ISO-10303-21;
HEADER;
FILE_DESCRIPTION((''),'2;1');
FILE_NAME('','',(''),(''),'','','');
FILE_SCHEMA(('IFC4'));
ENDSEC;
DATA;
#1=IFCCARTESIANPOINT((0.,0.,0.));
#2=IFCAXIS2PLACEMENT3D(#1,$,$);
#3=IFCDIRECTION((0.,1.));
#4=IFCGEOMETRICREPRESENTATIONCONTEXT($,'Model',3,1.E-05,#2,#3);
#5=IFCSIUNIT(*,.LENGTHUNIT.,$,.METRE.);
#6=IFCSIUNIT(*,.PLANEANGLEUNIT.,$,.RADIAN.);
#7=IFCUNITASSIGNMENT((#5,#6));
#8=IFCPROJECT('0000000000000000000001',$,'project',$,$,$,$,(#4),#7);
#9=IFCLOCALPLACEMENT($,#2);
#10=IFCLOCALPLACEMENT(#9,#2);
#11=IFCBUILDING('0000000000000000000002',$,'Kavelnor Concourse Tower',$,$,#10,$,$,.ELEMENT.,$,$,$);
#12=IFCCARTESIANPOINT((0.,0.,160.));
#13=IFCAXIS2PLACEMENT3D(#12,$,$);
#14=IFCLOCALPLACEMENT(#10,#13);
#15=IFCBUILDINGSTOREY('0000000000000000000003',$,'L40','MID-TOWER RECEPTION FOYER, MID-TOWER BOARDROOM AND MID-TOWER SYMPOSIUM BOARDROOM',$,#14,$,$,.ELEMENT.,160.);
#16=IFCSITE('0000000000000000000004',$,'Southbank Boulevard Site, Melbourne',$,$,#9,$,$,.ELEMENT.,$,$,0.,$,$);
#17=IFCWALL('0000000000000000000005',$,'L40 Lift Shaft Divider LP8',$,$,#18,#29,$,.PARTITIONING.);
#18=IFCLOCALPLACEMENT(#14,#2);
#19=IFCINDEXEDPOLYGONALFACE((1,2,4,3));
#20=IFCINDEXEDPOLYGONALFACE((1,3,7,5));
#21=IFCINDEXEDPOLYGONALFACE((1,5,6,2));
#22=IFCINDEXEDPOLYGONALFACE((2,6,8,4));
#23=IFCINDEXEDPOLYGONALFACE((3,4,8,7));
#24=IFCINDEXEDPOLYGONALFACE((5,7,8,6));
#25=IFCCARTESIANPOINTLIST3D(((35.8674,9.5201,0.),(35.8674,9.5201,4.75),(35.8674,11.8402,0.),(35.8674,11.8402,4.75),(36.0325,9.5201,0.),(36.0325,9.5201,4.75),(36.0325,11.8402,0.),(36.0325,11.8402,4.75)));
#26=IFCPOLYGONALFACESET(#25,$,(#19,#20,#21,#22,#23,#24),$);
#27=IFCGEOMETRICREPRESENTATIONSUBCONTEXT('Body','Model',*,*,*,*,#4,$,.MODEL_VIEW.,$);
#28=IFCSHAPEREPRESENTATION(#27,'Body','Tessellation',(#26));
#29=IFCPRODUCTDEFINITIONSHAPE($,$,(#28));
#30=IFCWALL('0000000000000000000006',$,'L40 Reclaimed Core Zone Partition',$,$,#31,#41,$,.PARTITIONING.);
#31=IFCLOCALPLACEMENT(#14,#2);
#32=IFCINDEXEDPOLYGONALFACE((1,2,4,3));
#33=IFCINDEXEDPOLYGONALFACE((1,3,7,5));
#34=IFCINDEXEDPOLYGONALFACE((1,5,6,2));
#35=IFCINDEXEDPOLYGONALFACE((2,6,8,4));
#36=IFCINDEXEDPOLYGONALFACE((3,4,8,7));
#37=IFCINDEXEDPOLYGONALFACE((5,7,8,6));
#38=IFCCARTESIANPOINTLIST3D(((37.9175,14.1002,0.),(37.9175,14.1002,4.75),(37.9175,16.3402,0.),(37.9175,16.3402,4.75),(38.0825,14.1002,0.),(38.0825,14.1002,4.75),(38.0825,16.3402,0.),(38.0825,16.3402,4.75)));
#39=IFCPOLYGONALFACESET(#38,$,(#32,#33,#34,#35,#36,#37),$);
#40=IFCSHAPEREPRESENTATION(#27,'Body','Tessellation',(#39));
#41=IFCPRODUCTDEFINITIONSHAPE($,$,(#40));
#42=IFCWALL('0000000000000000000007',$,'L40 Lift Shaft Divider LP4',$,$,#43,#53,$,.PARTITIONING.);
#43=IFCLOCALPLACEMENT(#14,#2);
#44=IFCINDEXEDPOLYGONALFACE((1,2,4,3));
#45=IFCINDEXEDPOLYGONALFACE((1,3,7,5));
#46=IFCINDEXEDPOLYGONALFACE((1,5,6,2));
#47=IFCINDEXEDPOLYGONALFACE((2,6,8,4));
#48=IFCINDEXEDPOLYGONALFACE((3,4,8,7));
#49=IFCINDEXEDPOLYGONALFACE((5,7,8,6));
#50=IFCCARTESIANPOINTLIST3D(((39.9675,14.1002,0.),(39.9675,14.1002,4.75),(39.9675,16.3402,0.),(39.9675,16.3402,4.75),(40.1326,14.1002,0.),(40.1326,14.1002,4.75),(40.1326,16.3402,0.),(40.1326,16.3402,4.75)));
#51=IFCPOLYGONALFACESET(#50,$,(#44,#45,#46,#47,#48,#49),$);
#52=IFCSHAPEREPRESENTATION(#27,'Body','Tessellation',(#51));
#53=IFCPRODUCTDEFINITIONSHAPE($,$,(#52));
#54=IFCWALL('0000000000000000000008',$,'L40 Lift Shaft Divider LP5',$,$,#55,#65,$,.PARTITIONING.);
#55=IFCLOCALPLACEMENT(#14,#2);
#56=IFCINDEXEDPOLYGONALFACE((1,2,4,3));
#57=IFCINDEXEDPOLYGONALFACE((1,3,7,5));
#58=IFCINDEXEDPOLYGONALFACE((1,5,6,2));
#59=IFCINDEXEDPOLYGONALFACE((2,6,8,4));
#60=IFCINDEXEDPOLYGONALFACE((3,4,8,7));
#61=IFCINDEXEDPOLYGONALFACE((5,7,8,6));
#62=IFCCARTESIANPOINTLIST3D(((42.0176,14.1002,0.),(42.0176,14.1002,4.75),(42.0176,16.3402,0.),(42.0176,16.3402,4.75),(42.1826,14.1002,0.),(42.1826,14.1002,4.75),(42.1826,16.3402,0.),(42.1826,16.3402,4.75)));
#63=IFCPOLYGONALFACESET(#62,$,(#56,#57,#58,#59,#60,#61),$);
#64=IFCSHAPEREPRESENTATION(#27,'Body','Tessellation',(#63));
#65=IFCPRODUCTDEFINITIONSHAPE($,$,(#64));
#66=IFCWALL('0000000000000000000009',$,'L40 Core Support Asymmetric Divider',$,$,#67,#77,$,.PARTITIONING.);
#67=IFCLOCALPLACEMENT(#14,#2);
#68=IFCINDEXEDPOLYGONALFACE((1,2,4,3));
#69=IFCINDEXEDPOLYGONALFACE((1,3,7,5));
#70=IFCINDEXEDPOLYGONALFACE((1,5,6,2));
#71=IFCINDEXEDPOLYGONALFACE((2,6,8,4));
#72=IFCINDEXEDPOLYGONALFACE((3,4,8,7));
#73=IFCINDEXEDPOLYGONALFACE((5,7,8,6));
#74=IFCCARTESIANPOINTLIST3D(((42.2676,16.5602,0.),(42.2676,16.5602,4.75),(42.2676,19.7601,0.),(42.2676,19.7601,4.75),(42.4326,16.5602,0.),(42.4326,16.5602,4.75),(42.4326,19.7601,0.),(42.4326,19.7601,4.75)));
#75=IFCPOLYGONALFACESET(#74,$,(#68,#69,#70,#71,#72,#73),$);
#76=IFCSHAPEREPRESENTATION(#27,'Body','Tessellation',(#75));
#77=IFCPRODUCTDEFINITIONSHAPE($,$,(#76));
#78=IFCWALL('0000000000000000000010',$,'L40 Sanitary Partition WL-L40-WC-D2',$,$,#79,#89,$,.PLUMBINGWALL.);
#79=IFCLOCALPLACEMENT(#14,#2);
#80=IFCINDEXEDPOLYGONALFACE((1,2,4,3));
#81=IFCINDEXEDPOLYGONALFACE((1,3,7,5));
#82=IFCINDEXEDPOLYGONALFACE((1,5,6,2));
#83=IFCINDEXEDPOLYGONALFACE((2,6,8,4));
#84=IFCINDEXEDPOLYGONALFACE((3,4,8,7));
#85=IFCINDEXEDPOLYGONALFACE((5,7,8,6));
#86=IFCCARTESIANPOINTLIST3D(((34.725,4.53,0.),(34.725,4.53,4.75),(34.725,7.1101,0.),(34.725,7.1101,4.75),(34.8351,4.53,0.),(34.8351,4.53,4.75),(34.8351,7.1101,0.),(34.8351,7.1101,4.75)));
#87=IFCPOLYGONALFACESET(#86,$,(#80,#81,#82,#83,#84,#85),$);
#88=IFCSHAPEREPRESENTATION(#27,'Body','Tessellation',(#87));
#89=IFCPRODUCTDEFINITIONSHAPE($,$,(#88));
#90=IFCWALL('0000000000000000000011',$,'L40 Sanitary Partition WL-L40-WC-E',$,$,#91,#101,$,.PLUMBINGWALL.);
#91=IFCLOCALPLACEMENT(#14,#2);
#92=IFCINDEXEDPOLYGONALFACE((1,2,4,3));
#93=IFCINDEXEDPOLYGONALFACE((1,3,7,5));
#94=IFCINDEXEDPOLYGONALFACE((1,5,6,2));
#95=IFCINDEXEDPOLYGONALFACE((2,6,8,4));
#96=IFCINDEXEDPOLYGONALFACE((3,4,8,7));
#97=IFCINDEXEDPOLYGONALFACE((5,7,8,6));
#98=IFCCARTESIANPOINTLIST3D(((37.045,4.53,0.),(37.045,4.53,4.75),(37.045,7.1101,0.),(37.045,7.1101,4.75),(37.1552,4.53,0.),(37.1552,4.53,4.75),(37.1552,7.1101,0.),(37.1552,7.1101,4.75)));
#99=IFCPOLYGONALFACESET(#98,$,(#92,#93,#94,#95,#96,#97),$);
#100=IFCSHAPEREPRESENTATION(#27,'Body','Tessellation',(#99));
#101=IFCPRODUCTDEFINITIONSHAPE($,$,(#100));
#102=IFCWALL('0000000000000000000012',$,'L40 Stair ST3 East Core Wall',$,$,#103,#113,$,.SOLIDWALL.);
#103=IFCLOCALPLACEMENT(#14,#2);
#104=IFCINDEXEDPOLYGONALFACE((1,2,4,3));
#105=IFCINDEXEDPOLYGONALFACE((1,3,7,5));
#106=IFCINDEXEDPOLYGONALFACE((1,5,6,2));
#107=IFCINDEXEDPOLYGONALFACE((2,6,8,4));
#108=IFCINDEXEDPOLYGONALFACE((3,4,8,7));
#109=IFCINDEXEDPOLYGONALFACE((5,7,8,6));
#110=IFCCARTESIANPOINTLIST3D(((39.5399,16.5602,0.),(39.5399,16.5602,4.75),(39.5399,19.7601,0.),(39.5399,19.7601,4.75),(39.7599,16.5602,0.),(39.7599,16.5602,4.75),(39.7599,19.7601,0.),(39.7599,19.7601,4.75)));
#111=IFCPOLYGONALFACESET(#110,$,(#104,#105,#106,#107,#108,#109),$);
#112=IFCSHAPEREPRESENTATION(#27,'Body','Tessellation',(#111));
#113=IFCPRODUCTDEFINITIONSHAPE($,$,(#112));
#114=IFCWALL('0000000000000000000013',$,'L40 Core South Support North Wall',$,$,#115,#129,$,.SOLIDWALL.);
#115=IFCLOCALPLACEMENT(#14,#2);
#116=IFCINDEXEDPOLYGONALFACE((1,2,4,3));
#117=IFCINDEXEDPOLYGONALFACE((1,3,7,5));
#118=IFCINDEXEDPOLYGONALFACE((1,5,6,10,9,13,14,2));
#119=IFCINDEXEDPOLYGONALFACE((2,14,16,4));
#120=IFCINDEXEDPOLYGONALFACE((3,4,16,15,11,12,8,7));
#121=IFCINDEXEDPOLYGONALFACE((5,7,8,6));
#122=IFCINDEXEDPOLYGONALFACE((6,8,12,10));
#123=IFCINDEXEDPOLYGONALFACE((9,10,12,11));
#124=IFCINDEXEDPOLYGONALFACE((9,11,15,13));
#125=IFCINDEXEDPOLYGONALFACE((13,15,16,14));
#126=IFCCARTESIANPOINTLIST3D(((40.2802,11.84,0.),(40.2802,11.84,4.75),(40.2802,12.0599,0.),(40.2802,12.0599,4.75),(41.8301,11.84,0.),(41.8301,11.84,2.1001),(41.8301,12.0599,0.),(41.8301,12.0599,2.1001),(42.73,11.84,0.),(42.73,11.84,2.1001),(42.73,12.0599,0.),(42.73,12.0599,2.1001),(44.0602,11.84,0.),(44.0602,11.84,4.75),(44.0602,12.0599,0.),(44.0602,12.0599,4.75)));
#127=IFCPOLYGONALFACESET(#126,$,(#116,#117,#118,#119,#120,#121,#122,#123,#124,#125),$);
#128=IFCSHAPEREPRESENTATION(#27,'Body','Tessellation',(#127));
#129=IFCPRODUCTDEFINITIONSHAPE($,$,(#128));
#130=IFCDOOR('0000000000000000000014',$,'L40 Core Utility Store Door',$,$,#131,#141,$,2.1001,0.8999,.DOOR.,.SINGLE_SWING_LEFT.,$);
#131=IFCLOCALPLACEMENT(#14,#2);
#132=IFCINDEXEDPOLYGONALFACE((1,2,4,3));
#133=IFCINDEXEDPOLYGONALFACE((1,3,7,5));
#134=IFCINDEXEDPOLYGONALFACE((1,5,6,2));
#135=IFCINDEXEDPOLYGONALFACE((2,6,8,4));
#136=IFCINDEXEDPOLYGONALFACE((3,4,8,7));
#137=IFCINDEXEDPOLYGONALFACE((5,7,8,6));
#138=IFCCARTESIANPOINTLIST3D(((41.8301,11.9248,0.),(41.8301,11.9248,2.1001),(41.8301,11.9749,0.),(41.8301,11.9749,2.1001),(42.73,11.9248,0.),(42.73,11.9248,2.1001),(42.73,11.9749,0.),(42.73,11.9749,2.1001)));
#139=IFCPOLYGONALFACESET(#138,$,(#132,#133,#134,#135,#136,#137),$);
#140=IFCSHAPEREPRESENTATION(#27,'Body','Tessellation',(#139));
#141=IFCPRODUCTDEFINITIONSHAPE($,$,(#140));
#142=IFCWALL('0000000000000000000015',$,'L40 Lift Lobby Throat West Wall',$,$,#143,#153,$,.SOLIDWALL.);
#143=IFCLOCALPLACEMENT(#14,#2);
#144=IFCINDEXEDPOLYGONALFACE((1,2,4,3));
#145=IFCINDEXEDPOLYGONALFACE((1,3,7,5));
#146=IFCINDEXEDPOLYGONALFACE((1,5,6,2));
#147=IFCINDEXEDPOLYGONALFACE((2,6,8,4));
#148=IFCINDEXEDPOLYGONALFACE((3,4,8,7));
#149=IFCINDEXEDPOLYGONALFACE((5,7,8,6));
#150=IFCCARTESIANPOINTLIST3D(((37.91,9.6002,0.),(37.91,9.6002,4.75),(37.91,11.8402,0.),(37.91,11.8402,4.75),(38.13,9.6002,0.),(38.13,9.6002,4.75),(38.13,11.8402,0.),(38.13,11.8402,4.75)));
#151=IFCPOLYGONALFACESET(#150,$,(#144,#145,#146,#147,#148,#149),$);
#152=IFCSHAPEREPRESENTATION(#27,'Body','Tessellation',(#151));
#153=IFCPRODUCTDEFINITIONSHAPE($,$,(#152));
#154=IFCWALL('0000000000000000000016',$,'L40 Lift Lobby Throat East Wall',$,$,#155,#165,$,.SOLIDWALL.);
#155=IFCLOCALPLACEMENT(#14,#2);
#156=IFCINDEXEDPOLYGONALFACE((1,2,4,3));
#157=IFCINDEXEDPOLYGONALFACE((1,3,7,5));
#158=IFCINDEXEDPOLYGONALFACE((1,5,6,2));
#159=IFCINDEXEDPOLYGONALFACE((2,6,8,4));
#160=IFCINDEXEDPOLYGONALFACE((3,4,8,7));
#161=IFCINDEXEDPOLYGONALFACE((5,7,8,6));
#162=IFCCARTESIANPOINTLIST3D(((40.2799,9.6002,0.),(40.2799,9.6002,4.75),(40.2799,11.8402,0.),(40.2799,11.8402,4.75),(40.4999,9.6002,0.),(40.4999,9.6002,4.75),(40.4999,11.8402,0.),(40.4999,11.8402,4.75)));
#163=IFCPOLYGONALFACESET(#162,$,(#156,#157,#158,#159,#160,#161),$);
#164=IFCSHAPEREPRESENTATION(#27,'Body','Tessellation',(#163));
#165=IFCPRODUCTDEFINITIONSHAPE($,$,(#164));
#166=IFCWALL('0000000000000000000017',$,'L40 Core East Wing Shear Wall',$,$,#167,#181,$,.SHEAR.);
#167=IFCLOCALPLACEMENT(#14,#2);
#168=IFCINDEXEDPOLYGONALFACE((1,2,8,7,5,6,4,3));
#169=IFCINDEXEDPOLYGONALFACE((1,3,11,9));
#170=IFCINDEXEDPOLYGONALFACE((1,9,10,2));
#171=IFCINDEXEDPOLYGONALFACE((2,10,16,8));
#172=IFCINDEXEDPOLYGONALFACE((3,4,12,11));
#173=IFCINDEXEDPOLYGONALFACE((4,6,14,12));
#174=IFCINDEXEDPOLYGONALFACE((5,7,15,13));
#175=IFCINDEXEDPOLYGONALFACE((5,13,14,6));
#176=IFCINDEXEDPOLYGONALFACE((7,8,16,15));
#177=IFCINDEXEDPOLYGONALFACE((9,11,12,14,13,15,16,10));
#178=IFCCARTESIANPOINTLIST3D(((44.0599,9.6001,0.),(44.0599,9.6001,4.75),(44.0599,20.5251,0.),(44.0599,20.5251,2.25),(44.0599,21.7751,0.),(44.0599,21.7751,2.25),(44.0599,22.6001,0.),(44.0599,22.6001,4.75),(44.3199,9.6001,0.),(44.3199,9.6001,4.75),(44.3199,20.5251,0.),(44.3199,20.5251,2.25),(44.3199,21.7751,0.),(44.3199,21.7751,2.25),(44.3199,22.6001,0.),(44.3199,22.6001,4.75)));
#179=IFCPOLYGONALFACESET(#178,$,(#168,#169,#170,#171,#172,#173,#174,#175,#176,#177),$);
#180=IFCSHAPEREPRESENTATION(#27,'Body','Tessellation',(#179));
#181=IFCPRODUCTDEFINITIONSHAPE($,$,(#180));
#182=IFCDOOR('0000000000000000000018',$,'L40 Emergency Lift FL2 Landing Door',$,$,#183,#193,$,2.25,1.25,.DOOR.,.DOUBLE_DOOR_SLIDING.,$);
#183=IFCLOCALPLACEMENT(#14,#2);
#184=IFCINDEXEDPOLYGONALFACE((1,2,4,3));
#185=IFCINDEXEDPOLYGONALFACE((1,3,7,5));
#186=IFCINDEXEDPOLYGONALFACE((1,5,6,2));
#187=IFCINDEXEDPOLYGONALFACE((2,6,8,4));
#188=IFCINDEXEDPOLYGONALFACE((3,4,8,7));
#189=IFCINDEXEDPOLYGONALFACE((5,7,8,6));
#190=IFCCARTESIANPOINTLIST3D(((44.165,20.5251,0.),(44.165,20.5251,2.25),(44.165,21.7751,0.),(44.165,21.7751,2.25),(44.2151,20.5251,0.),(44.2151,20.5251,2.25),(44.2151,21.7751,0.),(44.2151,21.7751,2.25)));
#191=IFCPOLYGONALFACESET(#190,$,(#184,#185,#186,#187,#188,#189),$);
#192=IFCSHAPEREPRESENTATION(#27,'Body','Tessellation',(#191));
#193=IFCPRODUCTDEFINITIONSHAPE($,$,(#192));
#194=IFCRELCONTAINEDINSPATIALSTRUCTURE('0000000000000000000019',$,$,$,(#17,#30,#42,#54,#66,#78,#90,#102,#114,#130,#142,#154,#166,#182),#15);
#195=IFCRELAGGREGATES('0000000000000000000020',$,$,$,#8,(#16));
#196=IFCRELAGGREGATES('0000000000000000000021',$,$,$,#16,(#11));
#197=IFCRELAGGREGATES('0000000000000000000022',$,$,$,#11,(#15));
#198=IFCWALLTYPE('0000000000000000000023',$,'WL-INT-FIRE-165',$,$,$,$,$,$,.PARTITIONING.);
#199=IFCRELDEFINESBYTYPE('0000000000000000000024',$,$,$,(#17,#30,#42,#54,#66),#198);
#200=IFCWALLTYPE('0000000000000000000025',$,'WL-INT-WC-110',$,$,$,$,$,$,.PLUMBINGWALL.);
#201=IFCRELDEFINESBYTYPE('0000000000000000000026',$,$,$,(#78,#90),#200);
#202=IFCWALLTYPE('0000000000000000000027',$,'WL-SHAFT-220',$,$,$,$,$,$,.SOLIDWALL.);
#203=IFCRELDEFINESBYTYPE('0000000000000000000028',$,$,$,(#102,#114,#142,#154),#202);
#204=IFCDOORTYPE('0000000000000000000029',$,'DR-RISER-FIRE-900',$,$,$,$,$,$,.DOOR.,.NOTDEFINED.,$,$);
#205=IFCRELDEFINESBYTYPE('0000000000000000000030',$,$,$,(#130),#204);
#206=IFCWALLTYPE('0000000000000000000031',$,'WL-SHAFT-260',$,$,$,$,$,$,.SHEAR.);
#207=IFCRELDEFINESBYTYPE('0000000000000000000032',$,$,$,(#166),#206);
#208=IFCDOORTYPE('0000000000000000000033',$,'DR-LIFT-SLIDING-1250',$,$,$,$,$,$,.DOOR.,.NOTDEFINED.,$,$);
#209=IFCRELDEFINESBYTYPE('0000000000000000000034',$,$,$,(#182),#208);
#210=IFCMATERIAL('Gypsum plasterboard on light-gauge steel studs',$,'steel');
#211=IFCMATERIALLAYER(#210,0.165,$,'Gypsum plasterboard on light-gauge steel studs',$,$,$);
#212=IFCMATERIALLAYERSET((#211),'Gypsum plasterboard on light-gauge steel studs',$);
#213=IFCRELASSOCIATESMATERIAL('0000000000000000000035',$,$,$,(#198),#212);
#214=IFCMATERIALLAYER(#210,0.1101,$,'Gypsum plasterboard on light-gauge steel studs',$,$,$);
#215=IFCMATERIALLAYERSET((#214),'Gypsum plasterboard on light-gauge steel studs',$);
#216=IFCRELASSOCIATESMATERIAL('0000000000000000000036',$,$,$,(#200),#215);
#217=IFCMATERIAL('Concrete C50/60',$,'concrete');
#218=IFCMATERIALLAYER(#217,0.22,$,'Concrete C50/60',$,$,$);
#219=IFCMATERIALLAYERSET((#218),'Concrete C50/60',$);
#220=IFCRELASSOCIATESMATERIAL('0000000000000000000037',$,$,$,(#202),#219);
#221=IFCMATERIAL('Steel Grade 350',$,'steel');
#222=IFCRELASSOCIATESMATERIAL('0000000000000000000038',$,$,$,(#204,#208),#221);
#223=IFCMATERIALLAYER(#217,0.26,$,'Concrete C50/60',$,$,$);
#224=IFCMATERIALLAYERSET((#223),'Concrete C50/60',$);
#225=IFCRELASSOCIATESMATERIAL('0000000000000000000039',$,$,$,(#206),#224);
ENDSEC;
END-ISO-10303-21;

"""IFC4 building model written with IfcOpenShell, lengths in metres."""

from ifc_helpers import new_model, si_unit, direction, frame, frame_2d, origin, place, context, subcontext, project, spatial, rectangle, extrude, material, layer, layer_set, type_object, element, fill, save


model = new_model("IFC4")

# Units and contexts
model_context = context("Model", 3, precision=1e-05, world=origin(), true_north=direction((0.0, 1.0)))
body_context = subcontext(model_context, "Body", "Model", "MODEL_VIEW")
ifc_project = project(units=[si_unit("LENGTHUNIT", "METRE"), si_unit("PLANEANGLEUNIT", "RADIAN")], contexts=[model_context])

# Site, building, storey
site_placement = place(None, origin())
site = spatial("IfcSite", under=ifc_project, at=site_placement, Name="Southbank Boulevard Site, Melbourne", CompositionType="ELEMENT", RefElevation=0.0)
building_placement = place(site_placement, origin())
building = spatial("IfcBuilding", under=site, at=building_placement, Name="Kavelnor Concourse Tower", CompositionType="ELEMENT")
storey_placement = place(building_placement, frame((0.0, 0.0, 160.0)))
storey = spatial("IfcBuildingStorey", under=building, at=storey_placement, Name="L40", Description="MID-TOWER RECEPTION FOYER, MID-TOWER BOARDROOM AND MID-TOWER SYMPOSIUM BOARDROOM", CompositionType="ELEMENT", Elevation=160.0)

# Shared definitions
ifc_material_1 = material(Name="Steel Grade 350", Category="steel")

# Walls
ifc_material_2 = material(Name="Gypsum plasterboard on light-gauge steel studs", Category="steel")
ifc_layer_1 = layer(ifc_material_2, 0.165, Name="Gypsum plasterboard on light-gauge steel studs")
ifc_layer_set_1 = layer_set([ifc_layer_1], Name="Gypsum plasterboard on light-gauge steel studs")
wall_type_1 = type_object("IfcWallType", Name="WL-INT-FIRE-165", PredefinedType="PARTITIONING", material=ifc_layer_set_1)
wall_1_placement = place(storey_placement, frame((35.95, 9.52, 0.0), z_axis=(0.0, 0.0, 1.0), x_axis=(0.0, 1.0, 0.0)))
element("IfcWall", 1, at=wall_1_placement, inside=storey, type_object=wall_type_1, Name="L40 Lift Shaft Divider LP8", PredefinedType="PARTITIONING", context=body_context, shape_type="SweptSolid", body=[
    extrude(rectangle(XDim=2.3201, YDim=0.165, at=frame_2d((1.1602, 0.0))), origin(), (0.0, 0.0, 1.0), 4.75),
])
for number, where, z_axis, x_axis, name in (
    (2, (38.0, 14.1001, 0.0), (0.0, 0.0, 1.0), (0.0, 1.0, 0.0), "L40 Reclaimed Core Zone Partition"),
    (3, (40.05, 14.1001, 0.0), (0.0, 0.0, 1.0), (0.0, 1.0, 0.0), "L40 Lift Shaft Divider LP4"),
    (4, (42.1001, 14.1001, 0.0), (0.0, 0.0, 1.0), (0.0, 1.0, 0.0), "L40 Lift Shaft Divider LP5"),
):
    element("IfcWall", number, at=place(storey_placement, frame(where, z_axis=z_axis, x_axis=x_axis)), inside=storey, type_object=wall_type_1, Name=name, PredefinedType="PARTITIONING", context=body_context, shape_type="SweptSolid", body=[
        extrude(rectangle(XDim=2.24, YDim=0.165, at=frame_2d((1.1201, 0.0))), origin(), (0.0, 0.0, 1.0), 4.75),
    ])
wall_2_placement = place(storey_placement, frame((42.3501, 16.5601, 0.0), z_axis=(0.0, 0.0, 1.0), x_axis=(0.0, 1.0, 0.0)))
element("IfcWall", 5, at=wall_2_placement, inside=storey, type_object=wall_type_1, Name="L40 Core Support Asymmetric Divider", PredefinedType="PARTITIONING", context=body_context, shape_type="SweptSolid", body=[
    extrude(rectangle(XDim=3.2, YDim=0.165, at=frame_2d((1.6001, 0.0))), origin(), (0.0, 0.0, 1.0), 4.75),
])
ifc_layer_2 = layer(ifc_material_2, 0.1101, Name="Gypsum plasterboard on light-gauge steel studs")
ifc_layer_set_2 = layer_set([ifc_layer_2], Name="Gypsum plasterboard on light-gauge steel studs")
wall_type_2 = type_object("IfcWallType", Name="WL-INT-WC-110", PredefinedType="PLUMBINGWALL", material=ifc_layer_set_2)
for number, where, z_axis, x_axis, name in (
    (6, (34.78, 4.53, 0.0), (0.0, 0.0, 1.0), (0.0, 1.0, 0.0), "L40 Sanitary Partition WL-L40-WC-D2"),
    (7, (37.1001, 4.53, 0.0), (0.0, 0.0, 1.0), (0.0, 1.0, 0.0), "L40 Sanitary Partition WL-L40-WC-E"),
):
    element("IfcWall", number, at=place(storey_placement, frame(where, z_axis=z_axis, x_axis=x_axis)), inside=storey, type_object=wall_type_2, Name=name, PredefinedType="PLUMBINGWALL", context=body_context, shape_type="SweptSolid", body=[
        extrude(rectangle(XDim=2.5801, YDim=0.1101, at=frame_2d((1.29, 0.0))), origin(), (0.0, 0.0, 1.0), 4.75),
    ])
ifc_material_3 = material(Name="Concrete C50/60", Category="concrete")
ifc_layer_3 = layer(ifc_material_3, 0.22, Name="Concrete C50/60")
ifc_layer_set_3 = layer_set([ifc_layer_3], Name="Concrete C50/60")
wall_type_3 = type_object("IfcWallType", Name="WL-SHAFT-220", PredefinedType="SOLIDWALL", material=ifc_layer_set_3)
wall_3_placement = place(storey_placement, frame((39.6499, 16.5601, 0.0), z_axis=(0.0, 0.0, 1.0), x_axis=(0.0, 1.0, 0.0)))
element("IfcWall", 8, at=wall_3_placement, inside=storey, type_object=wall_type_3, Name="L40 Stair ST3 East Core Wall", PredefinedType="SOLIDWALL", context=body_context, shape_type="SweptSolid", body=[
    extrude(rectangle(XDim=3.2, YDim=0.22, at=frame_2d((1.6001, 0.0))), origin(), (0.0, 0.0, 1.0), 4.75),
])

# Wall, opening, door
wall_4_placement = place(storey_placement, frame((40.28, 11.95, 0.0), z_axis=(0.0, 0.0, 1.0), x_axis=(1.0, 0.0, 0.0)))
wall_4 = element("IfcWall", 9, at=wall_4_placement, inside=storey, type_object=wall_type_3, Name="L40 Core South Support North Wall", PredefinedType="SOLIDWALL", context=body_context, shape_type="SweptSolid", body=[
    extrude(rectangle(XDim=3.78, YDim=0.22, at=frame_2d((1.8901, 0.0))), origin(), (0.0, 0.0, 1.0), 4.75),
])
opening_1_placement = place(wall_4_placement, frame((1.55, 0.0, 0.0)))
opening_1 = element("IfcOpeningElement", 10, at=opening_1_placement, cuts=wall_4, PredefinedType="OPENING", context=body_context, shape_type="SweptSolid", body=[
    extrude(rectangle(XDim=0.8999, YDim=2.1001, at=frame_2d((0.45, 1.05))), frame((0.0, 0.1201, 0.0), z_axis=(0.0, -1.0, 0.0), x_axis=(1.0, 0.0, 0.0)), (0.0, 0.0, 1.0), 0.24),
])
door_type_1 = type_object("IfcDoorType", Name="DR-RISER-FIRE-900", OperationType="NOTDEFINED", PredefinedType="DOOR", material=ifc_material_1)
door_1_placement = place(opening_1_placement, origin())
door_1 = element("IfcDoor", 11, at=door_1_placement, inside=storey, type_object=door_type_1, Name="L40 Core Utility Store Door", OperationType="SINGLE_SWING_LEFT", OverallHeight=2.1001, OverallWidth=0.8999, PredefinedType="DOOR", context=body_context, shape_type="SweptSolid", body=[
    extrude(rectangle(XDim=0.8999, YDim=2.1001, at=frame_2d((0.45, 1.05))), frame((0.0, 0.0249, 0.0), z_axis=(0.0, -1.0, 0.0), x_axis=(1.0, 0.0, 0.0)), (0.0, 0.0, 1.0), 0.05),
])
fill(opening_1, door_1)

# Walls
for number, where, z_axis, x_axis, name in (
    (12, (38.02, 9.6001, 0.0), (0.0, 0.0, 1.0), (0.0, 1.0, 0.0), "L40 Lift Lobby Throat West Wall"),
    (13, (40.3899, 9.6001, 0.0), (0.0, 0.0, 1.0), (0.0, 1.0, 0.0), "L40 Lift Lobby Throat East Wall"),
):
    element("IfcWall", number, at=place(storey_placement, frame(where, z_axis=z_axis, x_axis=x_axis)), inside=storey, type_object=wall_type_3, Name=name, PredefinedType="SOLIDWALL", context=body_context, shape_type="SweptSolid", body=[
        extrude(rectangle(XDim=2.24, YDim=0.22, at=frame_2d((1.1201, 0.0))), origin(), (0.0, 0.0, 1.0), 4.75),
    ])

# Wall, opening, door
ifc_layer_4 = layer(ifc_material_3, 0.26, Name="Concrete C50/60")
ifc_layer_set_4 = layer_set([ifc_layer_4], Name="Concrete C50/60")
wall_type_4 = type_object("IfcWallType", Name="WL-SHAFT-260", PredefinedType="SHEAR", material=ifc_layer_set_4)
wall_5_placement = place(storey_placement, frame((44.1899, 9.6001, 0.0), z_axis=(0.0, 0.0, 1.0), x_axis=(0.0, 1.0, 0.0)))
wall_5 = element("IfcWall", 14, at=wall_5_placement, inside=storey, type_object=wall_type_4, Name="L40 Core East Wing Shear Wall", PredefinedType="SHEAR", context=body_context, shape_type="SweptSolid", body=[
    extrude(rectangle(XDim=13.0, YDim=0.26, at=frame_2d((6.5, 0.0))), origin(), (0.0, 0.0, 1.0), 4.75),
])
opening_2_placement = place(wall_5_placement, frame((10.925, 0.0, 0.0)))
opening_2 = element("IfcOpeningElement", 15, at=opening_2_placement, cuts=wall_5, PredefinedType="OPENING", context=body_context, shape_type="SweptSolid", body=[
    extrude(rectangle(XDim=1.25, YDim=2.25, at=frame_2d((0.625, 1.125))), frame((0.0, 0.1401, 0.0), z_axis=(0.0, -1.0, 0.0), x_axis=(1.0, 0.0, 0.0)), (0.0, 0.0, 1.0), 0.28),
])
door_type_2 = type_object("IfcDoorType", Name="DR-LIFT-SLIDING-1250", OperationType="NOTDEFINED", PredefinedType="DOOR", material=ifc_material_1)
door_2_placement = place(opening_2_placement, origin())
door_2 = element("IfcDoor", 16, at=door_2_placement, inside=storey, type_object=door_type_2, Name="L40 Emergency Lift FL2 Landing Door", OperationType="DOUBLE_DOOR_SLIDING", OverallHeight=2.25, OverallWidth=1.25, PredefinedType="DOOR", context=body_context, shape_type="SweptSolid", body=[
    extrude(rectangle(XDim=1.25, YDim=2.25, at=frame_2d((0.625, 1.125))), frame((0.0, 0.0249, 0.0), z_axis=(0.0, -1.0, 0.0), x_axis=(1.0, 0.0, 0.0)), (0.0, 0.0, 1.0), 0.05),
])
fill(opening_2, door_2)

save(model, "model.ifc")
